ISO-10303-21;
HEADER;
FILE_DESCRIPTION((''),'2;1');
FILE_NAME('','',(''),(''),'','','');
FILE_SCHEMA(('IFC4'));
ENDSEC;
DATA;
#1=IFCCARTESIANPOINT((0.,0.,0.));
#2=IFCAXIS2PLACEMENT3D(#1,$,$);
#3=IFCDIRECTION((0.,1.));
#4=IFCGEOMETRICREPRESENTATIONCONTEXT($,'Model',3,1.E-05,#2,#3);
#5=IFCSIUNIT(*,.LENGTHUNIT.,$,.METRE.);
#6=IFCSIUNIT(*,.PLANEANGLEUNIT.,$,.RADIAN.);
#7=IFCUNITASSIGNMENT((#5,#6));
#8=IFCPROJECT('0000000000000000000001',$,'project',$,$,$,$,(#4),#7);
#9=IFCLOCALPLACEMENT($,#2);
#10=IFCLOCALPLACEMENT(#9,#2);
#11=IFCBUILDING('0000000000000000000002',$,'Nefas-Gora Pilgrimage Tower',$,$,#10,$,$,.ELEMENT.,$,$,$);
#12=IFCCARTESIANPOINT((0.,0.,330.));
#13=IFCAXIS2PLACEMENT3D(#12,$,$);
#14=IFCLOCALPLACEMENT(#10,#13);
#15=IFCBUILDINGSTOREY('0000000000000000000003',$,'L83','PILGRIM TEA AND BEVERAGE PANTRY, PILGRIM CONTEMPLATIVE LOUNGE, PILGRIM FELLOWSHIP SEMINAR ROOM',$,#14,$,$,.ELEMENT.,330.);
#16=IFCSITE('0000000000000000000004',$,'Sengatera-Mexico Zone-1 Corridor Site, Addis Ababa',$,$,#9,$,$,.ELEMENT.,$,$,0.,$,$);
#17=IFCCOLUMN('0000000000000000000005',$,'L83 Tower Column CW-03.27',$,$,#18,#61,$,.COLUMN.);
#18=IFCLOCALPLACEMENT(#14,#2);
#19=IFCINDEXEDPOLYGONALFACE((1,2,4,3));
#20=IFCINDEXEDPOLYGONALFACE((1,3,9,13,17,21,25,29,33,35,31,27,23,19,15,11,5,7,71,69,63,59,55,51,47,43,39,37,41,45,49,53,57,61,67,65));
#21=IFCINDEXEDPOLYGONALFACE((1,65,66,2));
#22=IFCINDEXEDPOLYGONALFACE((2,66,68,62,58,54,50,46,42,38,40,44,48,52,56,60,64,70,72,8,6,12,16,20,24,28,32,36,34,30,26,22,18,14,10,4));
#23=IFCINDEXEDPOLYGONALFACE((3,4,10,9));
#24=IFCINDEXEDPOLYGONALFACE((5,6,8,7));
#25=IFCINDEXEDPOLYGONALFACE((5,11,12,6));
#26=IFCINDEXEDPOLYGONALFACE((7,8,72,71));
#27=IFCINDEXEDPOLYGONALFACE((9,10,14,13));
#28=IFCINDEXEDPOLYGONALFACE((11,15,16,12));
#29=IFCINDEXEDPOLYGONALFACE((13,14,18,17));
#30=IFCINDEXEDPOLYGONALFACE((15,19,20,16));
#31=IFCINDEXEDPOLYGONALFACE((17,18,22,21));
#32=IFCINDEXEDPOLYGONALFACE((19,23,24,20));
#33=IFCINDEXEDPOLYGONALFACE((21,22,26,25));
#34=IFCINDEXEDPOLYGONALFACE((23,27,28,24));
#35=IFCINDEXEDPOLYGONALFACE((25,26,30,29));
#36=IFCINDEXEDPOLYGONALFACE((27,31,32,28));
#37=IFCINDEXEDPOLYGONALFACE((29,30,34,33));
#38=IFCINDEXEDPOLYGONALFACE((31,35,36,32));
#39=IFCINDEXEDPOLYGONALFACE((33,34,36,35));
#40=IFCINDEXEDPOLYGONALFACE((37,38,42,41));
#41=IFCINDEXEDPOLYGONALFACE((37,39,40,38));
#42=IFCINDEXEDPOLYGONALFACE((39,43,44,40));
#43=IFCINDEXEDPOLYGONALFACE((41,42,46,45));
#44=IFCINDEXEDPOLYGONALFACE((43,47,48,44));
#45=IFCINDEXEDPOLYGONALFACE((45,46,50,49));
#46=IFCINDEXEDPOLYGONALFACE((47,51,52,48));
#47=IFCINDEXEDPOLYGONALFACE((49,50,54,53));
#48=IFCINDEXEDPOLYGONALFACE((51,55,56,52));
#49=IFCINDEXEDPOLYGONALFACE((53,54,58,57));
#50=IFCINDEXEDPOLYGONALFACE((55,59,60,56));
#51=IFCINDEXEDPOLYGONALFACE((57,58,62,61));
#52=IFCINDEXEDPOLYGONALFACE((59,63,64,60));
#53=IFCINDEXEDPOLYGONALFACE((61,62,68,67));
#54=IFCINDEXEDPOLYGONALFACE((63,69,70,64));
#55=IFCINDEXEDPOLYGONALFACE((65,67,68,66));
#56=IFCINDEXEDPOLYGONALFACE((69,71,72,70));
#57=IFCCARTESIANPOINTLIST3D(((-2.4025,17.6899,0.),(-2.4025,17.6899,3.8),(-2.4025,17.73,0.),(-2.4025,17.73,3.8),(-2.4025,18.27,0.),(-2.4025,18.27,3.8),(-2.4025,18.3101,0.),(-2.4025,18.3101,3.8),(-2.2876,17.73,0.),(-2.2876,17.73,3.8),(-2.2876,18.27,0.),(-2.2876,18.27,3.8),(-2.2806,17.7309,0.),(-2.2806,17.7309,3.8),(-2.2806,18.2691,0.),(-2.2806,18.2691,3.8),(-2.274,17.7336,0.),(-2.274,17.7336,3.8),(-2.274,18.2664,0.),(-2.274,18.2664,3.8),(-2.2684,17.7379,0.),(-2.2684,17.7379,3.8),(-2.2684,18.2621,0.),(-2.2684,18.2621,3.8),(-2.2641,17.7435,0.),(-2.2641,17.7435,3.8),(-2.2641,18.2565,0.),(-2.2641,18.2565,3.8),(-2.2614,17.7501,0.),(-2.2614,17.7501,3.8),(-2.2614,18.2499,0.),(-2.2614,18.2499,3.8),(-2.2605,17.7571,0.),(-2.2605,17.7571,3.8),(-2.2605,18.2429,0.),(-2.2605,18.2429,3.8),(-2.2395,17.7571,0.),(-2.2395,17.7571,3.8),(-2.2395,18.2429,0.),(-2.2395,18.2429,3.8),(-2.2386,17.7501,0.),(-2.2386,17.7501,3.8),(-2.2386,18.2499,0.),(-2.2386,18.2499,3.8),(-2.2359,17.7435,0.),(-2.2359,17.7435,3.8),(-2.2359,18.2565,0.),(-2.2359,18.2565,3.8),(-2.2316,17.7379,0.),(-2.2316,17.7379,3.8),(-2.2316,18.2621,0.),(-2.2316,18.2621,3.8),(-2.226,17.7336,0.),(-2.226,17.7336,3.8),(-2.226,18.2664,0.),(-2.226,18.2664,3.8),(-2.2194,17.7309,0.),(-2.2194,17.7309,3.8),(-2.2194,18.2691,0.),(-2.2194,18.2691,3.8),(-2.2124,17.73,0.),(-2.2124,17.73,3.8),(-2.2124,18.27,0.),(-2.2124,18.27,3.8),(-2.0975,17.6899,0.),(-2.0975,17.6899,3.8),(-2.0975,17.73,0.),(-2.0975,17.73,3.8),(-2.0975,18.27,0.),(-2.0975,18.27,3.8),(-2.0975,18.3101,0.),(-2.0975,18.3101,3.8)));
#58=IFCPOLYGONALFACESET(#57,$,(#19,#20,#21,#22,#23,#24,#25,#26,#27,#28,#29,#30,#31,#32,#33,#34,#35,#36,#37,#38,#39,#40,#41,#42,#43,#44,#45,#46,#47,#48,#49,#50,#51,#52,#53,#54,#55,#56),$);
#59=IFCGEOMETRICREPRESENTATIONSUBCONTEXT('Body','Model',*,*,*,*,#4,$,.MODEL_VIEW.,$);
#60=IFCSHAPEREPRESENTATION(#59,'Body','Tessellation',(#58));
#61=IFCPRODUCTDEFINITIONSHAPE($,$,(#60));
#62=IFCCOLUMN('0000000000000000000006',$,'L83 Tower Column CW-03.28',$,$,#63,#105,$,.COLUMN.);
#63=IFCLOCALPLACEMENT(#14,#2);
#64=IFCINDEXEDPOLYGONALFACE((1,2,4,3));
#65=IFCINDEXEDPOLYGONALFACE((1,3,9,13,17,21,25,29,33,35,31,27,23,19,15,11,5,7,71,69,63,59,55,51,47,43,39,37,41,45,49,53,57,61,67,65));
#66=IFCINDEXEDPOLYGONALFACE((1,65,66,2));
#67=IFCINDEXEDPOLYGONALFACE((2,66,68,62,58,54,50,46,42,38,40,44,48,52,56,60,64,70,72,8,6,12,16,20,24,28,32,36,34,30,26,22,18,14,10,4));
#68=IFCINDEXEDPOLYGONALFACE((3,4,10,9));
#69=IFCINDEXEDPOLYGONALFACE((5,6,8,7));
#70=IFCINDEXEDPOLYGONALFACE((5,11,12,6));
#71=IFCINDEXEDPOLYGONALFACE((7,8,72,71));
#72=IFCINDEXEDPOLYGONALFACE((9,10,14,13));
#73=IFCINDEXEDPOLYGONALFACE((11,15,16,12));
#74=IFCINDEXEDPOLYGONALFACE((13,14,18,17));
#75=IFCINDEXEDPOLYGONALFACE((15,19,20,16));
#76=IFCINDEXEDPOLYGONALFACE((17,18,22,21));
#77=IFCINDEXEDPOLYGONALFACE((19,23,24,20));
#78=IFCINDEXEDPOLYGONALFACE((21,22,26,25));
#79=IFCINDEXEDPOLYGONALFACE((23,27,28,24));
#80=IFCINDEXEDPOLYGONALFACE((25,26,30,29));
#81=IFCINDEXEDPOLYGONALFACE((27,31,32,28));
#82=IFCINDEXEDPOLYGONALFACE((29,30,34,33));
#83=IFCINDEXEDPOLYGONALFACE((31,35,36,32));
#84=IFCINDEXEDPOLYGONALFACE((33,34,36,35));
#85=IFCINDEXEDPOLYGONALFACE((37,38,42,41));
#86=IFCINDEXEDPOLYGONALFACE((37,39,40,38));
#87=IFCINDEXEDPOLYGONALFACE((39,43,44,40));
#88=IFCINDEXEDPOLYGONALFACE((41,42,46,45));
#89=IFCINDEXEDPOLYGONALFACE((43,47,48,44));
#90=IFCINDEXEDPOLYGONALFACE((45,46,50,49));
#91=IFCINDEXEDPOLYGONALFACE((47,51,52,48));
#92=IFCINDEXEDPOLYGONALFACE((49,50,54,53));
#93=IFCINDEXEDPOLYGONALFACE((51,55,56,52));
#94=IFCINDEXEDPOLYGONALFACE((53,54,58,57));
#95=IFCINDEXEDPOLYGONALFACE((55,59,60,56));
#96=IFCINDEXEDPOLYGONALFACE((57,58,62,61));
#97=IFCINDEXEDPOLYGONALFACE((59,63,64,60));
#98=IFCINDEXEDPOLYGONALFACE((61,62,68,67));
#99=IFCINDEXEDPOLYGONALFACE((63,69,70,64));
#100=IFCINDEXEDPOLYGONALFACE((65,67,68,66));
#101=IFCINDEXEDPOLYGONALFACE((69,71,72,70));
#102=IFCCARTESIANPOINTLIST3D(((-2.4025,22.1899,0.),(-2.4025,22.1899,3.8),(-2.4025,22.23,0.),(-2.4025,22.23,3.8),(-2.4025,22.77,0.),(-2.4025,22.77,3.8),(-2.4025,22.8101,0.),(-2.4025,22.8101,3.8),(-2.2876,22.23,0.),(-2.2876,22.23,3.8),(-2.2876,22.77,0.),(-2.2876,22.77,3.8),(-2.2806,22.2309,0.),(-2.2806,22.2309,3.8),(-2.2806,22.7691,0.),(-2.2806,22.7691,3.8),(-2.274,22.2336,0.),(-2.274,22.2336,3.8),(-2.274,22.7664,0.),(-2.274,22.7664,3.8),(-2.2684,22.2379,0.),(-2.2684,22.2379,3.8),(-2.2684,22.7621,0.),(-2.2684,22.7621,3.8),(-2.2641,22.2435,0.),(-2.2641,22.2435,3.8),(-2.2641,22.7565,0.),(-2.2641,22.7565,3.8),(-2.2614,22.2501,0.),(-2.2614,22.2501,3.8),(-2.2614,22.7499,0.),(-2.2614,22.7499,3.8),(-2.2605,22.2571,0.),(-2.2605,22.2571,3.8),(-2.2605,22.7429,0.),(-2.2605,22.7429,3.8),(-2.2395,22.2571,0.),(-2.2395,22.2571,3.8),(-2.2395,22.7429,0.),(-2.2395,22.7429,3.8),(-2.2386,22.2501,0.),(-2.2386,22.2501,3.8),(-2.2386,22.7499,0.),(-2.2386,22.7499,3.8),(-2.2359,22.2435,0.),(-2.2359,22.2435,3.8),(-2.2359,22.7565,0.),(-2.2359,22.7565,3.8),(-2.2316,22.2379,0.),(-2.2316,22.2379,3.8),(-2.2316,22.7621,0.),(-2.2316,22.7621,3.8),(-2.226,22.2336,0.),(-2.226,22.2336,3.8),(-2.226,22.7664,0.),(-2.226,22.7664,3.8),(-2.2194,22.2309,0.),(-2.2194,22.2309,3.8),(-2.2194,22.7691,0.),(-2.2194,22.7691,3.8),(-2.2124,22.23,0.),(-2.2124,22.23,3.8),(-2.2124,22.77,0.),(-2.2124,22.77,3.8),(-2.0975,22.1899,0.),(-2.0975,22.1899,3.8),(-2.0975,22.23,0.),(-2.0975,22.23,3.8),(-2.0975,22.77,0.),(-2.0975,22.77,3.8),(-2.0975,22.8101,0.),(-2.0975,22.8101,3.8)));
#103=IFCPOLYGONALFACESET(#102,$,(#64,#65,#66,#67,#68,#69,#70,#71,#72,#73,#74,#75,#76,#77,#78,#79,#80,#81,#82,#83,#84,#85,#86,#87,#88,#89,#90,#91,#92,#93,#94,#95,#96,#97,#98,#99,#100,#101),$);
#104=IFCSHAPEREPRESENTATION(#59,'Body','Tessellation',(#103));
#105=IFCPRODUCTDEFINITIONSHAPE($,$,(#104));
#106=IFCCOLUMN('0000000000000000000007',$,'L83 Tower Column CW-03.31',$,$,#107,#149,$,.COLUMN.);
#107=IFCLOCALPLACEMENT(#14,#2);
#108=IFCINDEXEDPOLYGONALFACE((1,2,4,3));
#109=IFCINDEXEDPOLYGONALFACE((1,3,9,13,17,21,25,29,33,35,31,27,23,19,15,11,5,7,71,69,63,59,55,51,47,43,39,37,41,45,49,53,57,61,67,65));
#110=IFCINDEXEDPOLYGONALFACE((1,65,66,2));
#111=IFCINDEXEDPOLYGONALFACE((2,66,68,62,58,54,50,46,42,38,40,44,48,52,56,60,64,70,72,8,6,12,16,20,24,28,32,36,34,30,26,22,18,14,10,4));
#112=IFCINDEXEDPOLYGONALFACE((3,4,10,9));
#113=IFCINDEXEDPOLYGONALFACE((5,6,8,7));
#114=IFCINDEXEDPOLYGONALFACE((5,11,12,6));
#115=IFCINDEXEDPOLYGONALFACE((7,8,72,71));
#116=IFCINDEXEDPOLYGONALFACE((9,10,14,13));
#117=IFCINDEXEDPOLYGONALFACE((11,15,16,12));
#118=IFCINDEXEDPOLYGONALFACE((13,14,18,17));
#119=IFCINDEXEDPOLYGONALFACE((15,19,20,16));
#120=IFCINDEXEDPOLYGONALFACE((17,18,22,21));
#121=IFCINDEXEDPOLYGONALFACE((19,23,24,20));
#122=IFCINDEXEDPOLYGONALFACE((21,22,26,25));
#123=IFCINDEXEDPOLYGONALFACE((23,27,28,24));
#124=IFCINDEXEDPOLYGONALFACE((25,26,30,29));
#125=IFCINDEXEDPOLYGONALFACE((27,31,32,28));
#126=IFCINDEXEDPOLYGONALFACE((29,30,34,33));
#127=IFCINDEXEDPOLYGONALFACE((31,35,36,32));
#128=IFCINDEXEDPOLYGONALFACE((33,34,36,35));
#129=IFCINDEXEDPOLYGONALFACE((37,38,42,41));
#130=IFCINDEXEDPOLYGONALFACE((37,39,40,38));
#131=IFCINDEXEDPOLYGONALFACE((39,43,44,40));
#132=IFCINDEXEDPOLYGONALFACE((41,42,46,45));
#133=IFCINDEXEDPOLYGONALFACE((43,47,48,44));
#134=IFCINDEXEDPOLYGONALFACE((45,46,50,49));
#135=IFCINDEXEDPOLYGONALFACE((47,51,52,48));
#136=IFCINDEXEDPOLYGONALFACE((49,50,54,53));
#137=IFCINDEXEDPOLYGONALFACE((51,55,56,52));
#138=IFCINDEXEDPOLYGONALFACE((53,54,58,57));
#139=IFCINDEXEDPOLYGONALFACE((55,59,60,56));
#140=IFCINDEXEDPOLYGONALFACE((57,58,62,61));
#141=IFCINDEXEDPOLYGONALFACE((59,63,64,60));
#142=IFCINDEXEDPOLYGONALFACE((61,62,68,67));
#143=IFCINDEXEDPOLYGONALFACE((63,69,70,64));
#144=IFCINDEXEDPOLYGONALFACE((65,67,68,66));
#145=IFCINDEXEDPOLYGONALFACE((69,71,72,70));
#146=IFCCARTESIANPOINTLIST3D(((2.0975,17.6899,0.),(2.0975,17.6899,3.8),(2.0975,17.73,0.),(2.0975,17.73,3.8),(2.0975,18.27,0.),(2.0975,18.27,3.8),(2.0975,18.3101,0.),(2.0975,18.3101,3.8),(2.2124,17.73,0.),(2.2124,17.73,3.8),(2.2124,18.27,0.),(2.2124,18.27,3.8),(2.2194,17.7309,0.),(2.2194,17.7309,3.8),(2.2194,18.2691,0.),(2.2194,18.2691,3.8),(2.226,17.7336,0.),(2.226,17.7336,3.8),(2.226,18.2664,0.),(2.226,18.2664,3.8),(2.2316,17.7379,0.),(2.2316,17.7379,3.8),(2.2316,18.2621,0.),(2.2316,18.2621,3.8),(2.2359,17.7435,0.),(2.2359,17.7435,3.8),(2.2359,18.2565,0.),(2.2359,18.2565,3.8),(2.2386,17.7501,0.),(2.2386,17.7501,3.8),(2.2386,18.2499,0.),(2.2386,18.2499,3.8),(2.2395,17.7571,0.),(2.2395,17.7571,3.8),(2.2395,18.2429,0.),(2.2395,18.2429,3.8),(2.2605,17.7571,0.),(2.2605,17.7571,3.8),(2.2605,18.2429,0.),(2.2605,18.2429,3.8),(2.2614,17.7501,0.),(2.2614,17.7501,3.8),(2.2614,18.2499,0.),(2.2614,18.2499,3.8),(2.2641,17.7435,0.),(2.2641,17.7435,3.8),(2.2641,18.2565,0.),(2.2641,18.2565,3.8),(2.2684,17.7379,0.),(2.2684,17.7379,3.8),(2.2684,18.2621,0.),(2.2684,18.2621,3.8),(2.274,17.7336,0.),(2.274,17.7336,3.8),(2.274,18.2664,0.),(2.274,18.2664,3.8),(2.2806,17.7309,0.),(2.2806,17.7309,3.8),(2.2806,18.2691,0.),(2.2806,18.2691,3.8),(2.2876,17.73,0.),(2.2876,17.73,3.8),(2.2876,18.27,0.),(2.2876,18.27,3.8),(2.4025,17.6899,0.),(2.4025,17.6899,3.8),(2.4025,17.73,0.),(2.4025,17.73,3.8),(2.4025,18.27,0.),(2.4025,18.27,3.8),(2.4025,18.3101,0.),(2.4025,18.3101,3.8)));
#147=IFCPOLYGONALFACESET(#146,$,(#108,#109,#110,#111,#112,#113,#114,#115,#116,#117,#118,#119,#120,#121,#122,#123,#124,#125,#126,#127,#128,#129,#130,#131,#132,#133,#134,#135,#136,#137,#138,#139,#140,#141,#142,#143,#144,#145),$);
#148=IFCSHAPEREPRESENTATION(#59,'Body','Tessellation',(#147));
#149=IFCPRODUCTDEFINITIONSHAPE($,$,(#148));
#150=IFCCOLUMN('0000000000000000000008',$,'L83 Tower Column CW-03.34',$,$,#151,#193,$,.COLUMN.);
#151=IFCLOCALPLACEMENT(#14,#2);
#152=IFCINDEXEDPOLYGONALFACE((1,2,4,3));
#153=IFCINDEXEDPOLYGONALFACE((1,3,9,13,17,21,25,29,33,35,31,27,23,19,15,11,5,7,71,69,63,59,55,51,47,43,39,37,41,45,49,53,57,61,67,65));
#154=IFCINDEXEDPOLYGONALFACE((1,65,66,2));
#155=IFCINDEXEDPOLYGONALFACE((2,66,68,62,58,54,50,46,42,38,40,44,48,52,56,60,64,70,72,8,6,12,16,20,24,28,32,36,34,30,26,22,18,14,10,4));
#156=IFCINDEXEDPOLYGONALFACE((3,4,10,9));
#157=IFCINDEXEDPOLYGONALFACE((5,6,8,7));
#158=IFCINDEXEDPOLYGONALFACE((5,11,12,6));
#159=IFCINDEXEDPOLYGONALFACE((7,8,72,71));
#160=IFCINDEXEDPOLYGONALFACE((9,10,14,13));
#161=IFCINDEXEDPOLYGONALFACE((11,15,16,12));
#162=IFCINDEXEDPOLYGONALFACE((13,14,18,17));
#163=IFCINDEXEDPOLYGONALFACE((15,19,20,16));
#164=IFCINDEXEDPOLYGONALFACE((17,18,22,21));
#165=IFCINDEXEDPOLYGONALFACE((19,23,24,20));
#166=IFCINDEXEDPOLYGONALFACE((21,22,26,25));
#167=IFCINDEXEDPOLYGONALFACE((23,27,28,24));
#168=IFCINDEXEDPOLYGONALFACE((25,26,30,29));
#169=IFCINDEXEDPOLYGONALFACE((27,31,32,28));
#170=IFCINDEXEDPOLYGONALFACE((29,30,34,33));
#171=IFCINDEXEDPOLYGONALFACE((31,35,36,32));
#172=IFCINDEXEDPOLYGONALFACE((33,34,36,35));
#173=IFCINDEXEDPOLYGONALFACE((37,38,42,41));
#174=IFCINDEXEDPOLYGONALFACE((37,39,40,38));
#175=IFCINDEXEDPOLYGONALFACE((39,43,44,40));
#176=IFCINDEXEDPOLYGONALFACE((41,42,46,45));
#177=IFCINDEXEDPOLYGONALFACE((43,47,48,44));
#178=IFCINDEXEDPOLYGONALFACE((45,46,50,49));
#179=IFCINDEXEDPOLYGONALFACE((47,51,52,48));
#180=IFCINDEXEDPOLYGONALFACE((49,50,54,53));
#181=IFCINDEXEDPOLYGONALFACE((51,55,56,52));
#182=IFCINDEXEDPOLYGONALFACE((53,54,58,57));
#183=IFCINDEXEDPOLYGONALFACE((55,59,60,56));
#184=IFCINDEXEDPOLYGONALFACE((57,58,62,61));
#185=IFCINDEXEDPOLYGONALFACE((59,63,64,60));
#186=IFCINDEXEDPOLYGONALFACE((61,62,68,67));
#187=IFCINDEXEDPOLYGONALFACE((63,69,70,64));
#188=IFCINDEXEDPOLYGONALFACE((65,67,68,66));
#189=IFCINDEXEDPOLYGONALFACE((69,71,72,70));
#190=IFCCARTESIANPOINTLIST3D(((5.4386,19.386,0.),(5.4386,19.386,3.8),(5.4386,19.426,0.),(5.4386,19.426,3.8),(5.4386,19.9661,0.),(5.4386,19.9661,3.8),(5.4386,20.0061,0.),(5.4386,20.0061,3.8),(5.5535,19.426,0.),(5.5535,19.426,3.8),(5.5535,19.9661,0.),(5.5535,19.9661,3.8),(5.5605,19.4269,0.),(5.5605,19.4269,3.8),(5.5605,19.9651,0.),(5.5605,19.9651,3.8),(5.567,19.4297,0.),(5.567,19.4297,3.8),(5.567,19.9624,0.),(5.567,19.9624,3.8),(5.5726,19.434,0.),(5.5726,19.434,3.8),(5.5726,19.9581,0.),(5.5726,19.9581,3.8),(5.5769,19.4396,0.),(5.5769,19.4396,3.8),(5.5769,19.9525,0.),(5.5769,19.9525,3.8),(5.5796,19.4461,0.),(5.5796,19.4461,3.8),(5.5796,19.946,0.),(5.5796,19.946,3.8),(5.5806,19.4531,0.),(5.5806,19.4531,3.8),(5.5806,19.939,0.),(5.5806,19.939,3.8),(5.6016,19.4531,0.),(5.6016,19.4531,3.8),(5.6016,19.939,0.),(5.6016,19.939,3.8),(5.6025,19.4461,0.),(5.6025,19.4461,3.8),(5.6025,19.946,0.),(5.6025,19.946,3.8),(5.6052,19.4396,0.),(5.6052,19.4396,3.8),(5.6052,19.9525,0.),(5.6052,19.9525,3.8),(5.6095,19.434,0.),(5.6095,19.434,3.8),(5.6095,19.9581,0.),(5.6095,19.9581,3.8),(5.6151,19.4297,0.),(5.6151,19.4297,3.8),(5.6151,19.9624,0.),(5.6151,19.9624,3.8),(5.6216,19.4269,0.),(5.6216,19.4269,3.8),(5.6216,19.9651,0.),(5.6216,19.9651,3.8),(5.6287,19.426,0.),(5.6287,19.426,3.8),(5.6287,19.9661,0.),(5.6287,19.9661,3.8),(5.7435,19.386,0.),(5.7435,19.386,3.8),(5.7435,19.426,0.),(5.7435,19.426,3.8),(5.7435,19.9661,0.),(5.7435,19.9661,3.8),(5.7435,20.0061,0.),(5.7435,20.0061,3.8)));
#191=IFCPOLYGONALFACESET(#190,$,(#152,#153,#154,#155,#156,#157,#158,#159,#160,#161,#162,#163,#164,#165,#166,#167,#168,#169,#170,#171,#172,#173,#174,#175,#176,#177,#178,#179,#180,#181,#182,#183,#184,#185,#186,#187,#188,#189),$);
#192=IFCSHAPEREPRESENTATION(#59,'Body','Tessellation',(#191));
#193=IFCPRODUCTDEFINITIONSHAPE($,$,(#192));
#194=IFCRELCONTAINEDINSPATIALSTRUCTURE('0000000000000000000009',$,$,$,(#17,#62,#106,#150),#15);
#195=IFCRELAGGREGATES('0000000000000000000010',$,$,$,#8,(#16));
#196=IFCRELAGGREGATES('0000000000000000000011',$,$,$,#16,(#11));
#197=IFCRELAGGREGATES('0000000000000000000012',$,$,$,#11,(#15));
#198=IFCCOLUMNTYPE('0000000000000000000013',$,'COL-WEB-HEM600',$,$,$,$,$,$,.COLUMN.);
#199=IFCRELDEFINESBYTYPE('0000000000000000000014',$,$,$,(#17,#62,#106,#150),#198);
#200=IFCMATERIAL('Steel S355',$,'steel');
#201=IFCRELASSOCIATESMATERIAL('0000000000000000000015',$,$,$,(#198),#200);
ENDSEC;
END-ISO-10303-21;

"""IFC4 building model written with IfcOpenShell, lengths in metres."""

from ifc_helpers import new_model, si_unit, direction, frame, origin, origin_2d, place, context, subcontext, project, spatial, i_section, extrude, source, transform, mapped, material, material_profile, profile_set, type_object, element, save


model = new_model("IFC4")

# Units and contexts
model_context = context("Model", 3, precision=1e-05, world=origin(), true_north=direction((0.0, 1.0)))
body_context = subcontext(model_context, "Body", "Model", "MODEL_VIEW")
ifc_project = project(units=[si_unit("LENGTHUNIT", "METRE"), si_unit("PLANEANGLEUNIT", "RADIAN")], contexts=[model_context])

# Site, building, storey
site_placement = place(None, origin())
site = spatial("IfcSite", under=ifc_project, at=site_placement, Name="Sengatera-Mexico Zone-1 Corridor Site, Addis Ababa", CompositionType="ELEMENT", RefElevation=0.0)
building_placement = place(site_placement, origin())
building = spatial("IfcBuilding", under=site, at=building_placement, Name="Nefas-Gora Pilgrimage Tower", CompositionType="ELEMENT")
storey_placement = place(building_placement, frame((0.0, 0.0, 330.0)))
storey = spatial("IfcBuildingStorey", under=building, at=storey_placement, Name="L83", Description="PILGRIM TEA AND BEVERAGE PANTRY, PILGRIM CONTEMPLATIVE LOUNGE, PILGRIM FELLOWSHIP SEMINAR ROOM", CompositionType="ELEMENT", Elevation=330.0)

# Columns
ifc_material_1 = material(Name="Steel S355", Category="steel")
ifc_material_profile_1 = material_profile(ifc_material_1, i_section(OverallWidth=0.3049, OverallDepth=0.6201, WebThickness=0.021, FlangeThickness=0.04, FilletRadius=0.0271, at=origin_2d()), Name="HEM 600")
ifc_profile_set_1 = profile_set([ifc_material_profile_1], Name="Steel S355")
column_type_1 = type_object("IfcColumnType", Name="COL-WEB-HEM600", PredefinedType="COLUMN", material=ifc_profile_set_1)
shared_shape_1 = source(origin(), body_context, "Body", "SweptSolid", [
    extrude(i_section(OverallWidth=0.3049, OverallDepth=0.6201, WebThickness=0.021, FlangeThickness=0.04, FilletRadius=0.0271, at=origin_2d()), origin(), (0.0, 0.0, 1.0), 3.8),
])
for number, where, z_axis, x_axis, name in (
    (1, (-2.25, 18.0, 0.0), (0.0, 0.0, 1.0), (1.0, 0.0, 0.0), "L83 Tower Column CW-03.27"),
    (2, (-2.25, 22.5, 0.0), (0.0, 0.0, 1.0), (1.0, 0.0, 0.0), "L83 Tower Column CW-03.28"),
    (3, (2.25, 18.0, 0.0), (0.0, 0.0, 1.0), (1.0, 0.0, 0.0), "L83 Tower Column CW-03.31"),
    (4, (5.5911, 19.696, 0.0), (0.0, 0.0, 1.0), (1.0, 0.0, 0.0), "L83 Tower Column CW-03.34"),
):
    element("IfcColumn", number, at=place(storey_placement, frame(where, z_axis=z_axis, x_axis=x_axis)), inside=storey, type_object=column_type_1, Name=name, PredefinedType="COLUMN", context=body_context, shape_type="MappedRepresentation", body=[
        mapped(shared_shape_1, transform((0.0, 0.0, 0.0), x_axis=(1.0, 0.0, 0.0), y_axis=(0.0, 1.0, 0.0), z_axis=(0.0, 0.0, 1.0), scale=1.0)),
    ])

save(model, "model.ifc")
